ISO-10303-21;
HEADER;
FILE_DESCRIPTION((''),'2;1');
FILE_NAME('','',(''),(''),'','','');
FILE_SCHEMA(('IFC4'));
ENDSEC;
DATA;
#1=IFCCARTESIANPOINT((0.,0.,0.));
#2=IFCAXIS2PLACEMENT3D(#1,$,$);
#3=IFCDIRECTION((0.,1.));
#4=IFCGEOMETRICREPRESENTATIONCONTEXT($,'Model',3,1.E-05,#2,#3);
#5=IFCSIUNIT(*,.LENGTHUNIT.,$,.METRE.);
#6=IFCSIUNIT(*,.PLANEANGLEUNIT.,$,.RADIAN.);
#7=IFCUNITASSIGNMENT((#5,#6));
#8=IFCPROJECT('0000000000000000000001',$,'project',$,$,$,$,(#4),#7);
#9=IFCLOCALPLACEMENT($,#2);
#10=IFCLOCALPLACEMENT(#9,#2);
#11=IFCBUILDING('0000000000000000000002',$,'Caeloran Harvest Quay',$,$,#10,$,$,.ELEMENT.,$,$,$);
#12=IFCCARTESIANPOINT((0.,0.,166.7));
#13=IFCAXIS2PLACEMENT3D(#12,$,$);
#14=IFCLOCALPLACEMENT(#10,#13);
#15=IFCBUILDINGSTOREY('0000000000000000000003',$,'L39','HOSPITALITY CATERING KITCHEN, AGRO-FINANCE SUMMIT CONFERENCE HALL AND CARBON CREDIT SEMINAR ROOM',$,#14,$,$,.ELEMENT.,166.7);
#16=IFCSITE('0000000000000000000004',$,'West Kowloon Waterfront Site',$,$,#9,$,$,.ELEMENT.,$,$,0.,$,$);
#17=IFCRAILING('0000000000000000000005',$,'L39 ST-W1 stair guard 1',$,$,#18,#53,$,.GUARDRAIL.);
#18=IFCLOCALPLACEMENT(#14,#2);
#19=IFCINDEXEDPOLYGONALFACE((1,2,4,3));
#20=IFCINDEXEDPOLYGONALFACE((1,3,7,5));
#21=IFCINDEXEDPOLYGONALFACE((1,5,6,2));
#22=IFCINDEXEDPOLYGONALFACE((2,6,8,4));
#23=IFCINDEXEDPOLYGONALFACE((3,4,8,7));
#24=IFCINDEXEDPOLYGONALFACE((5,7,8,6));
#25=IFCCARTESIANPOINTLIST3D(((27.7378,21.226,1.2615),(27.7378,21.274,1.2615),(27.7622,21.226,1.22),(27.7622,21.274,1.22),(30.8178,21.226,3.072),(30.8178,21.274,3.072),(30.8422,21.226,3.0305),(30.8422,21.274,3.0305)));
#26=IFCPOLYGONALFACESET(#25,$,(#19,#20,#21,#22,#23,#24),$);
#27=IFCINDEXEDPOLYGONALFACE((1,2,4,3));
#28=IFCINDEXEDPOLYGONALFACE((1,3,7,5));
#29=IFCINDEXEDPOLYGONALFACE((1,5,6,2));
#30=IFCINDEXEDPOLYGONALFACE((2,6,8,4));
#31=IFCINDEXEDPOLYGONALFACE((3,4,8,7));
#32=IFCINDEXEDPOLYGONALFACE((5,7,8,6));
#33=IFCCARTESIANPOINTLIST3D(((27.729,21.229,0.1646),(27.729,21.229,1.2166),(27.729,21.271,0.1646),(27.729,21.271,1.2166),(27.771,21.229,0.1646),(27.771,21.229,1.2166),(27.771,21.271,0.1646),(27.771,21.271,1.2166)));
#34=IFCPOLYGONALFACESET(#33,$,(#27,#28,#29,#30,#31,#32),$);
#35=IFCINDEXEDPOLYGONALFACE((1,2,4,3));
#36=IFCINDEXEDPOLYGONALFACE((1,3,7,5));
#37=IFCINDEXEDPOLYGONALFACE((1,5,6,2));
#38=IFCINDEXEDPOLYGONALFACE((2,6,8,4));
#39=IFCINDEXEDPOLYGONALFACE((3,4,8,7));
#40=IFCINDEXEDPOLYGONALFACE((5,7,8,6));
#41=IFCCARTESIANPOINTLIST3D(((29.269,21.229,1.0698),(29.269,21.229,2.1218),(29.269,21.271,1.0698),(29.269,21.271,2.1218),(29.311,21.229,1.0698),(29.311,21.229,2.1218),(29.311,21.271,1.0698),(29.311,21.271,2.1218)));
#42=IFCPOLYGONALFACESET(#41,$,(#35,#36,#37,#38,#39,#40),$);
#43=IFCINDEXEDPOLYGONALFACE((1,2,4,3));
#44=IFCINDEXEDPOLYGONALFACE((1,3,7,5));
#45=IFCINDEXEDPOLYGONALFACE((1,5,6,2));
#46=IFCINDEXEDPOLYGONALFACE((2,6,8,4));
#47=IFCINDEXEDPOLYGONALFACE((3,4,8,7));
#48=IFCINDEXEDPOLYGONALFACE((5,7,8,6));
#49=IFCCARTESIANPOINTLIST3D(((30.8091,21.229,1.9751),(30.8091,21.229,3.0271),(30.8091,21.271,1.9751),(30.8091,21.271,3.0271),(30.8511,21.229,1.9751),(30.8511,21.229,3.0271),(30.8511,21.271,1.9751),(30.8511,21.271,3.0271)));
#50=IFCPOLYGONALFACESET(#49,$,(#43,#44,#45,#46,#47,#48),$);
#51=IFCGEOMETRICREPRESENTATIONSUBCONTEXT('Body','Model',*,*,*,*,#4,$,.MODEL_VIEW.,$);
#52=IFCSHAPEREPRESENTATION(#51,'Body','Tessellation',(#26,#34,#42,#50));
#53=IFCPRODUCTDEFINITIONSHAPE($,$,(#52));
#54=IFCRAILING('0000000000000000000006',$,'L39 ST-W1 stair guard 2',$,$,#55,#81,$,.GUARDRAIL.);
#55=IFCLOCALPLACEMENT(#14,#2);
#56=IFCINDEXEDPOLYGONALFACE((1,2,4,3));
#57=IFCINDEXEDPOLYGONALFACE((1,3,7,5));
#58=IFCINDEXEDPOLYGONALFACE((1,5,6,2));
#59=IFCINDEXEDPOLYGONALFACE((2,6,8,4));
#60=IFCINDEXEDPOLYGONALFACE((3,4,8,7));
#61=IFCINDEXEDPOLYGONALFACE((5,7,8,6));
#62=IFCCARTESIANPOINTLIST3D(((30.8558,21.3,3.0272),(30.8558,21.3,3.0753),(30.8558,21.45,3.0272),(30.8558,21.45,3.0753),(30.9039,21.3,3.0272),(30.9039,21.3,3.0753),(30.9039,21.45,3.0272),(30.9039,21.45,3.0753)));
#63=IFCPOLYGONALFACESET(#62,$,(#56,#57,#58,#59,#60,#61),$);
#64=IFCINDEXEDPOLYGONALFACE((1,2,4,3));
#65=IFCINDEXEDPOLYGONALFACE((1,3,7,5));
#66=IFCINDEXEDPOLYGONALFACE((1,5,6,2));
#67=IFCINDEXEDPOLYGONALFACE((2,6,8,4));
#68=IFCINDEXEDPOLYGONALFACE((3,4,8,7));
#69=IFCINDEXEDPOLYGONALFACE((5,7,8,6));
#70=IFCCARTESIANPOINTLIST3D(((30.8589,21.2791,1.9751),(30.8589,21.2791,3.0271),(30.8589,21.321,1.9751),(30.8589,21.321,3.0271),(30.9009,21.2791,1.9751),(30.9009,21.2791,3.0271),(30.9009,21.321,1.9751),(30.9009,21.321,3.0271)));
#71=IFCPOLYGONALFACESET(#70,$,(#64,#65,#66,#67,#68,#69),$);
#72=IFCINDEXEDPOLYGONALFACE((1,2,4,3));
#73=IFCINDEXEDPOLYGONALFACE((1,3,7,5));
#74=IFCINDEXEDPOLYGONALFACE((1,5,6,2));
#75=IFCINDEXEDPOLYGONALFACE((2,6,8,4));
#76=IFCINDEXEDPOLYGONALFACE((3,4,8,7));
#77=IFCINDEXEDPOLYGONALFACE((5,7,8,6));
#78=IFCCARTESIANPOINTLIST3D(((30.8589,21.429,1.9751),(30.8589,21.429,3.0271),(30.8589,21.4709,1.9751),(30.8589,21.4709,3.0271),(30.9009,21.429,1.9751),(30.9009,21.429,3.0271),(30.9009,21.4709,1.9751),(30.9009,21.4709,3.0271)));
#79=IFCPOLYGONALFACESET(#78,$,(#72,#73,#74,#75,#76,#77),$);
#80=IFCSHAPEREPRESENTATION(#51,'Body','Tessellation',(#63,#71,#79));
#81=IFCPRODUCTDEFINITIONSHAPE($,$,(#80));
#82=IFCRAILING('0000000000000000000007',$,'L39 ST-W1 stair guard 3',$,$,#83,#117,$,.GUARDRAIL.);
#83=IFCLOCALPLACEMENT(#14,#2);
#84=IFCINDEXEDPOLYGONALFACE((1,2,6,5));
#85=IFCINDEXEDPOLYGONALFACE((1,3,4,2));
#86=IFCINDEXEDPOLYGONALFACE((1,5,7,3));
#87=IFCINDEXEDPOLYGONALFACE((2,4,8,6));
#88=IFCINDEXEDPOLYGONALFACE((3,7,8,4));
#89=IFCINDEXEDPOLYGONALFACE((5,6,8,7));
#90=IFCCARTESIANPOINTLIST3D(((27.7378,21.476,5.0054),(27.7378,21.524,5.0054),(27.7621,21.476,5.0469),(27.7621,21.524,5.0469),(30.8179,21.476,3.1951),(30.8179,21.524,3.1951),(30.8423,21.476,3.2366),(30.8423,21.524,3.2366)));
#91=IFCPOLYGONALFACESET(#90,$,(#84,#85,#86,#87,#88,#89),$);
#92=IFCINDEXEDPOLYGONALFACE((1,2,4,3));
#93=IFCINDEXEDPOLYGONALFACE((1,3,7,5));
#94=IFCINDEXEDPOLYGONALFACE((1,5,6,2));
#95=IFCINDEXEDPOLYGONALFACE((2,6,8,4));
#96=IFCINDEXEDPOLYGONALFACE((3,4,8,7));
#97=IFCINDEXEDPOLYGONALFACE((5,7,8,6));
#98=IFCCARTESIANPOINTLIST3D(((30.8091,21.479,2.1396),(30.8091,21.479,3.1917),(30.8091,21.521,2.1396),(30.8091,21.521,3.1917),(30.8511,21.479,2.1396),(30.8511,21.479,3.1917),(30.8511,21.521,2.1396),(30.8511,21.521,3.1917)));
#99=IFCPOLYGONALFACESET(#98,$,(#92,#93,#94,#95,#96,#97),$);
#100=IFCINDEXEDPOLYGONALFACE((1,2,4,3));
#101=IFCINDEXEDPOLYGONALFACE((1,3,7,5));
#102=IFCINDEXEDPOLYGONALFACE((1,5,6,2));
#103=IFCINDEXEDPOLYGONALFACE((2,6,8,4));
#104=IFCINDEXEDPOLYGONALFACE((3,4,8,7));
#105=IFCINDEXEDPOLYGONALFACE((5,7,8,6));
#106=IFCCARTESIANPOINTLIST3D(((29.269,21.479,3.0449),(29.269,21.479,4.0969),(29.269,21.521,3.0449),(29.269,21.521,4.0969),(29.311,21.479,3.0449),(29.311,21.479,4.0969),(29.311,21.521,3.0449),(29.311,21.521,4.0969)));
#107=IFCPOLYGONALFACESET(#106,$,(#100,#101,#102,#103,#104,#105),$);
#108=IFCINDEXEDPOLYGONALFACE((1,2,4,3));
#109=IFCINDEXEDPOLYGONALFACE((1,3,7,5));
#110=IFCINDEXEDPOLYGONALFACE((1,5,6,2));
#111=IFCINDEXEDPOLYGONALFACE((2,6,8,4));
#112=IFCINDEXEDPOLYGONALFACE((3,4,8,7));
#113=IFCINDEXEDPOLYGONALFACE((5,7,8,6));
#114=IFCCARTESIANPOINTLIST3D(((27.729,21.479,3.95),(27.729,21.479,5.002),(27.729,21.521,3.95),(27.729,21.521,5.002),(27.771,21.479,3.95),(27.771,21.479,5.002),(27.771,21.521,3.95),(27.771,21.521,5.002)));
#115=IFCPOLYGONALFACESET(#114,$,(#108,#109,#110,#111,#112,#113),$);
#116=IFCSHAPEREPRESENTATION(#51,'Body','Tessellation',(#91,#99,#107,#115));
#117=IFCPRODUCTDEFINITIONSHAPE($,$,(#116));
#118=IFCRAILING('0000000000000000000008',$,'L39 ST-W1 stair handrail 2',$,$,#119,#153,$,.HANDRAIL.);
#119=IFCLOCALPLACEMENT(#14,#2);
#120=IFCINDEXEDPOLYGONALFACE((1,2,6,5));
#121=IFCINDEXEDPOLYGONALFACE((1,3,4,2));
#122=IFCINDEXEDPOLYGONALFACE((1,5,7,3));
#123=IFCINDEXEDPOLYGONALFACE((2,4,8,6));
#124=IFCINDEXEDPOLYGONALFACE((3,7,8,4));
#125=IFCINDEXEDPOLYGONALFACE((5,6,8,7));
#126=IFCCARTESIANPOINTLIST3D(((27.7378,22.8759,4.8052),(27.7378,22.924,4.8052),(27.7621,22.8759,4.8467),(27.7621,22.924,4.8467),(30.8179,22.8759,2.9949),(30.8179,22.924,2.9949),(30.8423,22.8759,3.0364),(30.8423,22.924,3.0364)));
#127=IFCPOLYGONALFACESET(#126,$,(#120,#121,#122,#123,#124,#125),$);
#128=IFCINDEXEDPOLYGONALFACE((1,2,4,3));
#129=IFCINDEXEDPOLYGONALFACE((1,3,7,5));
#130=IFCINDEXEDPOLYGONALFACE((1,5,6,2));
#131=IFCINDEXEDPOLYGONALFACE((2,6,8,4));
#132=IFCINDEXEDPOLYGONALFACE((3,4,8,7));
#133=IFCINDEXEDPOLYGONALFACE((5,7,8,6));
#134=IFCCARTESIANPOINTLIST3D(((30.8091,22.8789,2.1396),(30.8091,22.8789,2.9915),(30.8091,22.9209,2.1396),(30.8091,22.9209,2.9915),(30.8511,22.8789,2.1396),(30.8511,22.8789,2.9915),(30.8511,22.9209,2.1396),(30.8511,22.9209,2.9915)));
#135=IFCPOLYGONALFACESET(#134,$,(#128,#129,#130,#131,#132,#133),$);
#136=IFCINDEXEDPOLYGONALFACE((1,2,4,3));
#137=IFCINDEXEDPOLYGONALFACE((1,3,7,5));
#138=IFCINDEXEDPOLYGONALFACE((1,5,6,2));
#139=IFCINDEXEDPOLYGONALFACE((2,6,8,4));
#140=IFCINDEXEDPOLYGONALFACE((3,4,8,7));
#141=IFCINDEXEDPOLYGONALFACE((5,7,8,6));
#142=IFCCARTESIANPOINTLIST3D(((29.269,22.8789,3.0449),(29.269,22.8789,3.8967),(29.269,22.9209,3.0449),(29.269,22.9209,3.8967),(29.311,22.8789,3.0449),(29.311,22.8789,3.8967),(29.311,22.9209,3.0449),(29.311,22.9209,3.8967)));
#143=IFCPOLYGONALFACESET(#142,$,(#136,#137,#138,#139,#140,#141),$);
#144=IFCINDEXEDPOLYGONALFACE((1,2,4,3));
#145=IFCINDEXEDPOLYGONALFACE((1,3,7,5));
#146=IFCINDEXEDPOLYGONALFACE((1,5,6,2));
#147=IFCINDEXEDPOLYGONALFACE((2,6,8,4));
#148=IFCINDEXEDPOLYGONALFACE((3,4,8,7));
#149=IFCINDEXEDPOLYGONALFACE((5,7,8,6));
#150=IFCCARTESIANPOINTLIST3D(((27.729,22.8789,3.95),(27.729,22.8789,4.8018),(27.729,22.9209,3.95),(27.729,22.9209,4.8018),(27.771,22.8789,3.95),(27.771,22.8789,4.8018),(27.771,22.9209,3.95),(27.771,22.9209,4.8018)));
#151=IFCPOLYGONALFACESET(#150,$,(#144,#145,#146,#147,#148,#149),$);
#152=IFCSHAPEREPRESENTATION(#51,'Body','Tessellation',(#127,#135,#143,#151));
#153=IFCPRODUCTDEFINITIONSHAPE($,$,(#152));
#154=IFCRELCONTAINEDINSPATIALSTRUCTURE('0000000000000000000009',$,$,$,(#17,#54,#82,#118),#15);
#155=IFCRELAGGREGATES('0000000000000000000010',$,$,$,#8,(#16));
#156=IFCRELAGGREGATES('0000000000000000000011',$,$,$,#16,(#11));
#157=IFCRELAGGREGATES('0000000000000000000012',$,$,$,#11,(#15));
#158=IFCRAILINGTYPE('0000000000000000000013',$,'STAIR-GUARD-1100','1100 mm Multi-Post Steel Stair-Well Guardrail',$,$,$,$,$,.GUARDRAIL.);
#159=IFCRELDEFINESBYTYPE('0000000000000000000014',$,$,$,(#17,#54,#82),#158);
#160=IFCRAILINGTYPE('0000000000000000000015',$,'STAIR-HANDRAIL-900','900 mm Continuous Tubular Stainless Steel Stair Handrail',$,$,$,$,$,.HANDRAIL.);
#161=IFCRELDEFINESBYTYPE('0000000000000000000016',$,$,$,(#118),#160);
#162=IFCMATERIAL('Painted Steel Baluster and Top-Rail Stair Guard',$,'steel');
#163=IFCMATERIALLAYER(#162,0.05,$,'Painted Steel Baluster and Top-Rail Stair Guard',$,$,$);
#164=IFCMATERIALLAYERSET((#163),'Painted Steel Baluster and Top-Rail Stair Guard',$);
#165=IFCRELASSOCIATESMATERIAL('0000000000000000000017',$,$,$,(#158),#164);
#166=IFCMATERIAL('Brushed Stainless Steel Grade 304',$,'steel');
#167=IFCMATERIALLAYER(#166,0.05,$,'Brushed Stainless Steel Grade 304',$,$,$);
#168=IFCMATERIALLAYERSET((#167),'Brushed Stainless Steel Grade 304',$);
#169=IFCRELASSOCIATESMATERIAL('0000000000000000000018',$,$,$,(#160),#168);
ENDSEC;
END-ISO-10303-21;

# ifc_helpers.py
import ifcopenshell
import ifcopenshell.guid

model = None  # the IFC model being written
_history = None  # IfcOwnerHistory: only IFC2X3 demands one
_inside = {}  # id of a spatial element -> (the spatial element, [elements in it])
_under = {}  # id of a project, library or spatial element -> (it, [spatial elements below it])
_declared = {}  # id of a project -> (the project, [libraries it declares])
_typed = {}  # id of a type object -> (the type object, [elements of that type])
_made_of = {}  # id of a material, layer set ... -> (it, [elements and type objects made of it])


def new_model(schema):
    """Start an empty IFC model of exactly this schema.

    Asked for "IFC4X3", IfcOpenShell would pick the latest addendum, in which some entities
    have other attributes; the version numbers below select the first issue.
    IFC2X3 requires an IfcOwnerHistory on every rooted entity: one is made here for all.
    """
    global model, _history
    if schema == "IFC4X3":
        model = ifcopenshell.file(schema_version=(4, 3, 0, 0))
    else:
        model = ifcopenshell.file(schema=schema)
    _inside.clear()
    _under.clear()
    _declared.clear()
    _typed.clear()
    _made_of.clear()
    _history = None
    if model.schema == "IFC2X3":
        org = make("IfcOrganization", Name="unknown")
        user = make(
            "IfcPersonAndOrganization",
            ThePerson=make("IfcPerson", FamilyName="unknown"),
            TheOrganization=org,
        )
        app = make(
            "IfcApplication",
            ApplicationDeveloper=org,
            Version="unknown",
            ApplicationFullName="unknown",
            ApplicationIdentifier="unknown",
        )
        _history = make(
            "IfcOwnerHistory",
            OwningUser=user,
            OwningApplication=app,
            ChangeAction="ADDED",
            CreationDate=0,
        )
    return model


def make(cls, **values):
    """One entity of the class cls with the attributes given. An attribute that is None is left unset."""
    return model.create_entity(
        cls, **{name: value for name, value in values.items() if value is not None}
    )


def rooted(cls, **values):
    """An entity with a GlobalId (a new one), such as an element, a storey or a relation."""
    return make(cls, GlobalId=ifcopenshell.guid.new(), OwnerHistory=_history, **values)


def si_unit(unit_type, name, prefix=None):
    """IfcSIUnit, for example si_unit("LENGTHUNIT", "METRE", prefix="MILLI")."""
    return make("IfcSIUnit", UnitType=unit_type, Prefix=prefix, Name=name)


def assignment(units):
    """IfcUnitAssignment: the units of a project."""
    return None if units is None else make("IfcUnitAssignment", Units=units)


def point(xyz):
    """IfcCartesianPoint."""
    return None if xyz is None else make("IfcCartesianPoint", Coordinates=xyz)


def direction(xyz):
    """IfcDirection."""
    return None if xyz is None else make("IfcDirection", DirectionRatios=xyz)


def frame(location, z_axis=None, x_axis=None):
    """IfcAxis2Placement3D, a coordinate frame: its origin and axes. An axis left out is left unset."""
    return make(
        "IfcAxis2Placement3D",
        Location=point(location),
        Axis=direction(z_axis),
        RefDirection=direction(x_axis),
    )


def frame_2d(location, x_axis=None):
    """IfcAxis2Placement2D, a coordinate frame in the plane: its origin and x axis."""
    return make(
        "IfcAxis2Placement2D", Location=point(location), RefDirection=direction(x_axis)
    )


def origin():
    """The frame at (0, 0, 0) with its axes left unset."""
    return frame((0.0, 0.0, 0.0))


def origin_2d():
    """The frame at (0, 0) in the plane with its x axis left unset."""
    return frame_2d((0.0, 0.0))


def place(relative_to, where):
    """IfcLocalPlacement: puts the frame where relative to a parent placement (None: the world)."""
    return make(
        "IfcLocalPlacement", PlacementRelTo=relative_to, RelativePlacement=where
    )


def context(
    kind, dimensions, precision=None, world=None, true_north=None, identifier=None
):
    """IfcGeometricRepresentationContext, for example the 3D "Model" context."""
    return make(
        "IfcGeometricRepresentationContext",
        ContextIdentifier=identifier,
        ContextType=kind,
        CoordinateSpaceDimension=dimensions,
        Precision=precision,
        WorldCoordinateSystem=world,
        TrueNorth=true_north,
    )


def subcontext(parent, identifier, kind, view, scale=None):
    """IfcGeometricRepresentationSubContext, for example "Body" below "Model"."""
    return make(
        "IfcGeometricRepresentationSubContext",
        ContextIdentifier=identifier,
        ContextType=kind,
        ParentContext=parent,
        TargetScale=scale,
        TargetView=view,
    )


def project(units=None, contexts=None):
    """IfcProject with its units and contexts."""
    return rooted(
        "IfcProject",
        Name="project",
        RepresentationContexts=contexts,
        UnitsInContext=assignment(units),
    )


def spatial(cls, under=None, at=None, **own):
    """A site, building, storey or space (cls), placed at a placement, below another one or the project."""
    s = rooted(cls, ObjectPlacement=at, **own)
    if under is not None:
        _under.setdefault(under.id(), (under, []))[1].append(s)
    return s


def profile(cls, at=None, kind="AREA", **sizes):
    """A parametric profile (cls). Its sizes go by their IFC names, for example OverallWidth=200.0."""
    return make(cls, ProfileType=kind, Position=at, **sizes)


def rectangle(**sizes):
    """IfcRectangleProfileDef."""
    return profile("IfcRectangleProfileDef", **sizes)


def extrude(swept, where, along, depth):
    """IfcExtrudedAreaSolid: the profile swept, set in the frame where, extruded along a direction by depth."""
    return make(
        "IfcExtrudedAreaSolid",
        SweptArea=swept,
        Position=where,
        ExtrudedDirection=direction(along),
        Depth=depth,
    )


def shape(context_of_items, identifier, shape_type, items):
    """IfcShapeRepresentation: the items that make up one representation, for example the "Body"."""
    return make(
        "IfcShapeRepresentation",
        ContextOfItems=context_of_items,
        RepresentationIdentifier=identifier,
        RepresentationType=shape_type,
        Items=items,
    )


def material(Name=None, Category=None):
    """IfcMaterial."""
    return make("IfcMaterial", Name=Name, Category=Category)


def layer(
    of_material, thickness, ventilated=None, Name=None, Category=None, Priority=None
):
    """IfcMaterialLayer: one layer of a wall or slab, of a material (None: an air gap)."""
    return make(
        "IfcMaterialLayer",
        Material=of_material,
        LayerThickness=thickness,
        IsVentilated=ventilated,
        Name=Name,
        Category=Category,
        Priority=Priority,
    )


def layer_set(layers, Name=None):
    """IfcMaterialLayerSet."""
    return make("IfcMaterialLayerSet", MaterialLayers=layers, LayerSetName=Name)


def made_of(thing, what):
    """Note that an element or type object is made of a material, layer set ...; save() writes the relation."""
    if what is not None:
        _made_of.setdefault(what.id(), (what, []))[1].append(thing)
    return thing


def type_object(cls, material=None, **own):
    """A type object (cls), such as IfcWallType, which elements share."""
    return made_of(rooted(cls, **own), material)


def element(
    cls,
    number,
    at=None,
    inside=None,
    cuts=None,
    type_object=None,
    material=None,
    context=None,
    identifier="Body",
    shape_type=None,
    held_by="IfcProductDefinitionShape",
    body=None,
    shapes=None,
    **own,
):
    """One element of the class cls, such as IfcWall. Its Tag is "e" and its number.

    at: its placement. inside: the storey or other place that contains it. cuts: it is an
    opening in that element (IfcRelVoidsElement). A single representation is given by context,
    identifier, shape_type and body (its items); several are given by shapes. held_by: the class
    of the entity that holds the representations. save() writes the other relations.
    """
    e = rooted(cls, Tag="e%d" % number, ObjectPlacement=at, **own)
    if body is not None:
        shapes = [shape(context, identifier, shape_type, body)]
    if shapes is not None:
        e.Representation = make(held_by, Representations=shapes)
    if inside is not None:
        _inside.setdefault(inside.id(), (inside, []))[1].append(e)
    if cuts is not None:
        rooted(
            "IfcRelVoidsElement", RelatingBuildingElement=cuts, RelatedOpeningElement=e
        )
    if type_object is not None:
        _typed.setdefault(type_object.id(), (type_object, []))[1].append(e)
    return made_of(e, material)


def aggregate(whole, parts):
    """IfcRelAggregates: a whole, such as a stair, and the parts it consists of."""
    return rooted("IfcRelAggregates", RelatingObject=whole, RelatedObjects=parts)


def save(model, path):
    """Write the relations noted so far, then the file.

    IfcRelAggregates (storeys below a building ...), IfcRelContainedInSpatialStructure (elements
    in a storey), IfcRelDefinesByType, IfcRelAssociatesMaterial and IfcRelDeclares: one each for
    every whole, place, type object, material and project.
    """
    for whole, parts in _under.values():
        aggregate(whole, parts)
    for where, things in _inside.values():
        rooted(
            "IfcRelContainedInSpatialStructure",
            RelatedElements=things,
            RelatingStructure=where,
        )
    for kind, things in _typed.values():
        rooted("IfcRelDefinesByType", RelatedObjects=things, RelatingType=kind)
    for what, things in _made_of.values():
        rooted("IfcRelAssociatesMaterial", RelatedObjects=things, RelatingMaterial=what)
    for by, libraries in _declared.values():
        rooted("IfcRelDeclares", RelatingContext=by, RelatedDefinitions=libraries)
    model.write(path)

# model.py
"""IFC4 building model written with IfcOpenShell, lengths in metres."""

from ifc_helpers import new_model, si_unit, direction, frame, origin, origin_2d, place, context, subcontext, project, spatial, rectangle, extrude, material, layer, layer_set, type_object, element, save


model = new_model("IFC4")

# Units and contexts
model_context = context("Model", 3, precision=1e-05, world=origin(), true_north=direction((0.0, 1.0)))
body_context = subcontext(model_context, "Body", "Model", "MODEL_VIEW")
ifc_project = project(units=[si_unit("LENGTHUNIT", "METRE"), si_unit("PLANEANGLEUNIT", "RADIAN")], contexts=[model_context])

# Site, building, storey
site_placement = place(None, origin())
site = spatial("IfcSite", under=ifc_project, at=site_placement, Name="West Kowloon Waterfront Site", CompositionType="ELEMENT", RefElevation=0.0)
building_placement = place(site_placement, origin())
building = spatial("IfcBuilding", under=site, at=building_placement, Name="Caeloran Harvest Quay", CompositionType="ELEMENT")
storey_placement = place(building_placement, frame((0.0, 0.0, 166.7)))
storey = spatial("IfcBuildingStorey", under=building, at=storey_placement, Name="L39", Description="HOSPITALITY CATERING KITCHEN, AGRO-FINANCE SUMMIT CONFERENCE HALL AND CARBON CREDIT SEMINAR ROOM", CompositionType="ELEMENT", Elevation=166.7)

# Railings
ifc_material_1 = material(Name="Painted Steel Baluster and Top-Rail Stair Guard", Category="steel")
ifc_layer_1 = layer(ifc_material_1, 0.05, Name="Painted Steel Baluster and Top-Rail Stair Guard")
ifc_layer_set_1 = layer_set([ifc_layer_1], Name="Painted Steel Baluster and Top-Rail Stair Guard")
railing_type_1 = type_object("IfcRailingType", Name="STAIR-GUARD-1100", Description="1100 mm Multi-Post Steel Stair-Well Guardrail", PredefinedType="GUARDRAIL", material=ifc_layer_set_1)
railing_1_placement = place(storey_placement, frame((27.75, 21.25, 0.1646)))
element("IfcRailing", 1, at=railing_1_placement, inside=storey, type_object=railing_type_1, Name="L39 ST-W1 stair guard 1", PredefinedType="GUARDRAIL", context=body_context, shape_type="SweptSolid", body=[
    extrude(rectangle(XDim=0.0481, YDim=0.0481, at=origin_2d()), frame((0.0, 0.0, 1.0762), z_axis=(0.862089, 0.0, 0.506757), x_axis=(0.0, 1.0, 0.0)), (0.0, 0.0, 1.0), 3.5728),
    extrude(rectangle(XDim=0.042, YDim=0.042, at=origin_2d()), origin(), (0.0, 0.0, 1.0), 1.052),
    extrude(rectangle(XDim=0.042, YDim=0.042, at=origin_2d()), frame((1.54, 0.0, 0.9053)), (0.0, 0.0, 1.0), 1.052),
    extrude(rectangle(XDim=0.042, YDim=0.042, at=origin_2d()), frame((3.0801, 0.0, 1.8105)), (0.0, 0.0, 1.0), 1.052),
])
railing_2_placement = place(storey_placement, frame((30.8799, 21.3, 1.9751)))
element("IfcRailing", 2, at=railing_2_placement, inside=storey, type_object=railing_type_1, Name="L39 ST-W1 stair guard 2", PredefinedType="GUARDRAIL", context=body_context, shape_type="SweptSolid", body=[
    extrude(rectangle(XDim=0.0481, YDim=0.0481, at=origin_2d()), frame((0.0, 0.0, 1.0762), z_axis=(0.0, 1.0, 0.0), x_axis=(-1.0, 0.0, 0.0)), (0.0, 0.0, 1.0), 0.1499),
    extrude(rectangle(XDim=0.042, YDim=0.042, at=origin_2d()), origin(), (0.0, 0.0, 1.0), 1.052),
    extrude(rectangle(XDim=0.042, YDim=0.042, at=origin_2d()), frame((0.0, 0.1499, 0.0)), (0.0, 0.0, 1.0), 1.052),
])
railing_3_placement = place(storey_placement, frame((30.8301, 21.5, 2.1396)))
element("IfcRailing", 3, at=railing_3_placement, inside=storey, type_object=railing_type_1, Name="L39 ST-W1 stair guard 3", PredefinedType="GUARDRAIL", context=body_context, shape_type="SweptSolid", body=[
    extrude(rectangle(XDim=0.0481, YDim=0.0481, at=origin_2d()), frame((0.0, 0.0, 1.0762), z_axis=(-0.862119, 0.0, 0.506707), x_axis=(0.0, -1.0, 0.0)), (0.0, 0.0, 1.0), 3.5728),
    extrude(rectangle(XDim=0.042, YDim=0.042, at=origin_2d()), origin(), (0.0, 0.0, 1.0), 1.052),
    extrude(rectangle(XDim=0.042, YDim=0.042, at=origin_2d()), frame((-1.54, 0.0, 0.9053)), (0.0, 0.0, 1.0), 1.052),
    extrude(rectangle(XDim=0.042, YDim=0.042, at=origin_2d()), frame((-3.0801, 0.0, 1.8103)), (0.0, 0.0, 1.0), 1.052),
])
ifc_material_2 = material(Name="Brushed Stainless Steel Grade 304", Category="steel")
ifc_layer_2 = layer(ifc_material_2, 0.05, Name="Brushed Stainless Steel Grade 304")
ifc_layer_set_2 = layer_set([ifc_layer_2], Name="Brushed Stainless Steel Grade 304")
railing_type_2 = type_object("IfcRailingType", Name="STAIR-HANDRAIL-900", Description="900 mm Continuous Tubular Stainless Steel Stair Handrail", PredefinedType="HANDRAIL", material=ifc_layer_set_2)
railing_4_placement = place(storey_placement, frame((30.8301, 22.8999, 2.1396)))
element("IfcRailing", 4, at=railing_4_placement, inside=storey, type_object=railing_type_2, Name="L39 ST-W1 stair handrail 2", PredefinedType="HANDRAIL", context=body_context, shape_type="SweptSolid", body=[
    extrude(rectangle(XDim=0.0481, YDim=0.0481, at=origin_2d()), frame((0.0, 0.0, 0.876), z_axis=(-0.862119, 0.0, 0.506707), x_axis=(0.0, -1.0, 0.0)), (0.0, 0.0, 1.0), 3.5728),
    extrude(rectangle(XDim=0.042, YDim=0.042, at=origin_2d()), origin(), (0.0, 0.0, 1.0), 0.8518),
    extrude(rectangle(XDim=0.042, YDim=0.042, at=origin_2d()), frame((-1.54, 0.0, 0.9053)), (0.0, 0.0, 1.0), 0.8518),
    extrude(rectangle(XDim=0.042, YDim=0.042, at=origin_2d()), frame((-3.0801, 0.0, 1.8103)), (0.0, 0.0, 1.0), 0.8518),
])

save(model, "model.ifc")
